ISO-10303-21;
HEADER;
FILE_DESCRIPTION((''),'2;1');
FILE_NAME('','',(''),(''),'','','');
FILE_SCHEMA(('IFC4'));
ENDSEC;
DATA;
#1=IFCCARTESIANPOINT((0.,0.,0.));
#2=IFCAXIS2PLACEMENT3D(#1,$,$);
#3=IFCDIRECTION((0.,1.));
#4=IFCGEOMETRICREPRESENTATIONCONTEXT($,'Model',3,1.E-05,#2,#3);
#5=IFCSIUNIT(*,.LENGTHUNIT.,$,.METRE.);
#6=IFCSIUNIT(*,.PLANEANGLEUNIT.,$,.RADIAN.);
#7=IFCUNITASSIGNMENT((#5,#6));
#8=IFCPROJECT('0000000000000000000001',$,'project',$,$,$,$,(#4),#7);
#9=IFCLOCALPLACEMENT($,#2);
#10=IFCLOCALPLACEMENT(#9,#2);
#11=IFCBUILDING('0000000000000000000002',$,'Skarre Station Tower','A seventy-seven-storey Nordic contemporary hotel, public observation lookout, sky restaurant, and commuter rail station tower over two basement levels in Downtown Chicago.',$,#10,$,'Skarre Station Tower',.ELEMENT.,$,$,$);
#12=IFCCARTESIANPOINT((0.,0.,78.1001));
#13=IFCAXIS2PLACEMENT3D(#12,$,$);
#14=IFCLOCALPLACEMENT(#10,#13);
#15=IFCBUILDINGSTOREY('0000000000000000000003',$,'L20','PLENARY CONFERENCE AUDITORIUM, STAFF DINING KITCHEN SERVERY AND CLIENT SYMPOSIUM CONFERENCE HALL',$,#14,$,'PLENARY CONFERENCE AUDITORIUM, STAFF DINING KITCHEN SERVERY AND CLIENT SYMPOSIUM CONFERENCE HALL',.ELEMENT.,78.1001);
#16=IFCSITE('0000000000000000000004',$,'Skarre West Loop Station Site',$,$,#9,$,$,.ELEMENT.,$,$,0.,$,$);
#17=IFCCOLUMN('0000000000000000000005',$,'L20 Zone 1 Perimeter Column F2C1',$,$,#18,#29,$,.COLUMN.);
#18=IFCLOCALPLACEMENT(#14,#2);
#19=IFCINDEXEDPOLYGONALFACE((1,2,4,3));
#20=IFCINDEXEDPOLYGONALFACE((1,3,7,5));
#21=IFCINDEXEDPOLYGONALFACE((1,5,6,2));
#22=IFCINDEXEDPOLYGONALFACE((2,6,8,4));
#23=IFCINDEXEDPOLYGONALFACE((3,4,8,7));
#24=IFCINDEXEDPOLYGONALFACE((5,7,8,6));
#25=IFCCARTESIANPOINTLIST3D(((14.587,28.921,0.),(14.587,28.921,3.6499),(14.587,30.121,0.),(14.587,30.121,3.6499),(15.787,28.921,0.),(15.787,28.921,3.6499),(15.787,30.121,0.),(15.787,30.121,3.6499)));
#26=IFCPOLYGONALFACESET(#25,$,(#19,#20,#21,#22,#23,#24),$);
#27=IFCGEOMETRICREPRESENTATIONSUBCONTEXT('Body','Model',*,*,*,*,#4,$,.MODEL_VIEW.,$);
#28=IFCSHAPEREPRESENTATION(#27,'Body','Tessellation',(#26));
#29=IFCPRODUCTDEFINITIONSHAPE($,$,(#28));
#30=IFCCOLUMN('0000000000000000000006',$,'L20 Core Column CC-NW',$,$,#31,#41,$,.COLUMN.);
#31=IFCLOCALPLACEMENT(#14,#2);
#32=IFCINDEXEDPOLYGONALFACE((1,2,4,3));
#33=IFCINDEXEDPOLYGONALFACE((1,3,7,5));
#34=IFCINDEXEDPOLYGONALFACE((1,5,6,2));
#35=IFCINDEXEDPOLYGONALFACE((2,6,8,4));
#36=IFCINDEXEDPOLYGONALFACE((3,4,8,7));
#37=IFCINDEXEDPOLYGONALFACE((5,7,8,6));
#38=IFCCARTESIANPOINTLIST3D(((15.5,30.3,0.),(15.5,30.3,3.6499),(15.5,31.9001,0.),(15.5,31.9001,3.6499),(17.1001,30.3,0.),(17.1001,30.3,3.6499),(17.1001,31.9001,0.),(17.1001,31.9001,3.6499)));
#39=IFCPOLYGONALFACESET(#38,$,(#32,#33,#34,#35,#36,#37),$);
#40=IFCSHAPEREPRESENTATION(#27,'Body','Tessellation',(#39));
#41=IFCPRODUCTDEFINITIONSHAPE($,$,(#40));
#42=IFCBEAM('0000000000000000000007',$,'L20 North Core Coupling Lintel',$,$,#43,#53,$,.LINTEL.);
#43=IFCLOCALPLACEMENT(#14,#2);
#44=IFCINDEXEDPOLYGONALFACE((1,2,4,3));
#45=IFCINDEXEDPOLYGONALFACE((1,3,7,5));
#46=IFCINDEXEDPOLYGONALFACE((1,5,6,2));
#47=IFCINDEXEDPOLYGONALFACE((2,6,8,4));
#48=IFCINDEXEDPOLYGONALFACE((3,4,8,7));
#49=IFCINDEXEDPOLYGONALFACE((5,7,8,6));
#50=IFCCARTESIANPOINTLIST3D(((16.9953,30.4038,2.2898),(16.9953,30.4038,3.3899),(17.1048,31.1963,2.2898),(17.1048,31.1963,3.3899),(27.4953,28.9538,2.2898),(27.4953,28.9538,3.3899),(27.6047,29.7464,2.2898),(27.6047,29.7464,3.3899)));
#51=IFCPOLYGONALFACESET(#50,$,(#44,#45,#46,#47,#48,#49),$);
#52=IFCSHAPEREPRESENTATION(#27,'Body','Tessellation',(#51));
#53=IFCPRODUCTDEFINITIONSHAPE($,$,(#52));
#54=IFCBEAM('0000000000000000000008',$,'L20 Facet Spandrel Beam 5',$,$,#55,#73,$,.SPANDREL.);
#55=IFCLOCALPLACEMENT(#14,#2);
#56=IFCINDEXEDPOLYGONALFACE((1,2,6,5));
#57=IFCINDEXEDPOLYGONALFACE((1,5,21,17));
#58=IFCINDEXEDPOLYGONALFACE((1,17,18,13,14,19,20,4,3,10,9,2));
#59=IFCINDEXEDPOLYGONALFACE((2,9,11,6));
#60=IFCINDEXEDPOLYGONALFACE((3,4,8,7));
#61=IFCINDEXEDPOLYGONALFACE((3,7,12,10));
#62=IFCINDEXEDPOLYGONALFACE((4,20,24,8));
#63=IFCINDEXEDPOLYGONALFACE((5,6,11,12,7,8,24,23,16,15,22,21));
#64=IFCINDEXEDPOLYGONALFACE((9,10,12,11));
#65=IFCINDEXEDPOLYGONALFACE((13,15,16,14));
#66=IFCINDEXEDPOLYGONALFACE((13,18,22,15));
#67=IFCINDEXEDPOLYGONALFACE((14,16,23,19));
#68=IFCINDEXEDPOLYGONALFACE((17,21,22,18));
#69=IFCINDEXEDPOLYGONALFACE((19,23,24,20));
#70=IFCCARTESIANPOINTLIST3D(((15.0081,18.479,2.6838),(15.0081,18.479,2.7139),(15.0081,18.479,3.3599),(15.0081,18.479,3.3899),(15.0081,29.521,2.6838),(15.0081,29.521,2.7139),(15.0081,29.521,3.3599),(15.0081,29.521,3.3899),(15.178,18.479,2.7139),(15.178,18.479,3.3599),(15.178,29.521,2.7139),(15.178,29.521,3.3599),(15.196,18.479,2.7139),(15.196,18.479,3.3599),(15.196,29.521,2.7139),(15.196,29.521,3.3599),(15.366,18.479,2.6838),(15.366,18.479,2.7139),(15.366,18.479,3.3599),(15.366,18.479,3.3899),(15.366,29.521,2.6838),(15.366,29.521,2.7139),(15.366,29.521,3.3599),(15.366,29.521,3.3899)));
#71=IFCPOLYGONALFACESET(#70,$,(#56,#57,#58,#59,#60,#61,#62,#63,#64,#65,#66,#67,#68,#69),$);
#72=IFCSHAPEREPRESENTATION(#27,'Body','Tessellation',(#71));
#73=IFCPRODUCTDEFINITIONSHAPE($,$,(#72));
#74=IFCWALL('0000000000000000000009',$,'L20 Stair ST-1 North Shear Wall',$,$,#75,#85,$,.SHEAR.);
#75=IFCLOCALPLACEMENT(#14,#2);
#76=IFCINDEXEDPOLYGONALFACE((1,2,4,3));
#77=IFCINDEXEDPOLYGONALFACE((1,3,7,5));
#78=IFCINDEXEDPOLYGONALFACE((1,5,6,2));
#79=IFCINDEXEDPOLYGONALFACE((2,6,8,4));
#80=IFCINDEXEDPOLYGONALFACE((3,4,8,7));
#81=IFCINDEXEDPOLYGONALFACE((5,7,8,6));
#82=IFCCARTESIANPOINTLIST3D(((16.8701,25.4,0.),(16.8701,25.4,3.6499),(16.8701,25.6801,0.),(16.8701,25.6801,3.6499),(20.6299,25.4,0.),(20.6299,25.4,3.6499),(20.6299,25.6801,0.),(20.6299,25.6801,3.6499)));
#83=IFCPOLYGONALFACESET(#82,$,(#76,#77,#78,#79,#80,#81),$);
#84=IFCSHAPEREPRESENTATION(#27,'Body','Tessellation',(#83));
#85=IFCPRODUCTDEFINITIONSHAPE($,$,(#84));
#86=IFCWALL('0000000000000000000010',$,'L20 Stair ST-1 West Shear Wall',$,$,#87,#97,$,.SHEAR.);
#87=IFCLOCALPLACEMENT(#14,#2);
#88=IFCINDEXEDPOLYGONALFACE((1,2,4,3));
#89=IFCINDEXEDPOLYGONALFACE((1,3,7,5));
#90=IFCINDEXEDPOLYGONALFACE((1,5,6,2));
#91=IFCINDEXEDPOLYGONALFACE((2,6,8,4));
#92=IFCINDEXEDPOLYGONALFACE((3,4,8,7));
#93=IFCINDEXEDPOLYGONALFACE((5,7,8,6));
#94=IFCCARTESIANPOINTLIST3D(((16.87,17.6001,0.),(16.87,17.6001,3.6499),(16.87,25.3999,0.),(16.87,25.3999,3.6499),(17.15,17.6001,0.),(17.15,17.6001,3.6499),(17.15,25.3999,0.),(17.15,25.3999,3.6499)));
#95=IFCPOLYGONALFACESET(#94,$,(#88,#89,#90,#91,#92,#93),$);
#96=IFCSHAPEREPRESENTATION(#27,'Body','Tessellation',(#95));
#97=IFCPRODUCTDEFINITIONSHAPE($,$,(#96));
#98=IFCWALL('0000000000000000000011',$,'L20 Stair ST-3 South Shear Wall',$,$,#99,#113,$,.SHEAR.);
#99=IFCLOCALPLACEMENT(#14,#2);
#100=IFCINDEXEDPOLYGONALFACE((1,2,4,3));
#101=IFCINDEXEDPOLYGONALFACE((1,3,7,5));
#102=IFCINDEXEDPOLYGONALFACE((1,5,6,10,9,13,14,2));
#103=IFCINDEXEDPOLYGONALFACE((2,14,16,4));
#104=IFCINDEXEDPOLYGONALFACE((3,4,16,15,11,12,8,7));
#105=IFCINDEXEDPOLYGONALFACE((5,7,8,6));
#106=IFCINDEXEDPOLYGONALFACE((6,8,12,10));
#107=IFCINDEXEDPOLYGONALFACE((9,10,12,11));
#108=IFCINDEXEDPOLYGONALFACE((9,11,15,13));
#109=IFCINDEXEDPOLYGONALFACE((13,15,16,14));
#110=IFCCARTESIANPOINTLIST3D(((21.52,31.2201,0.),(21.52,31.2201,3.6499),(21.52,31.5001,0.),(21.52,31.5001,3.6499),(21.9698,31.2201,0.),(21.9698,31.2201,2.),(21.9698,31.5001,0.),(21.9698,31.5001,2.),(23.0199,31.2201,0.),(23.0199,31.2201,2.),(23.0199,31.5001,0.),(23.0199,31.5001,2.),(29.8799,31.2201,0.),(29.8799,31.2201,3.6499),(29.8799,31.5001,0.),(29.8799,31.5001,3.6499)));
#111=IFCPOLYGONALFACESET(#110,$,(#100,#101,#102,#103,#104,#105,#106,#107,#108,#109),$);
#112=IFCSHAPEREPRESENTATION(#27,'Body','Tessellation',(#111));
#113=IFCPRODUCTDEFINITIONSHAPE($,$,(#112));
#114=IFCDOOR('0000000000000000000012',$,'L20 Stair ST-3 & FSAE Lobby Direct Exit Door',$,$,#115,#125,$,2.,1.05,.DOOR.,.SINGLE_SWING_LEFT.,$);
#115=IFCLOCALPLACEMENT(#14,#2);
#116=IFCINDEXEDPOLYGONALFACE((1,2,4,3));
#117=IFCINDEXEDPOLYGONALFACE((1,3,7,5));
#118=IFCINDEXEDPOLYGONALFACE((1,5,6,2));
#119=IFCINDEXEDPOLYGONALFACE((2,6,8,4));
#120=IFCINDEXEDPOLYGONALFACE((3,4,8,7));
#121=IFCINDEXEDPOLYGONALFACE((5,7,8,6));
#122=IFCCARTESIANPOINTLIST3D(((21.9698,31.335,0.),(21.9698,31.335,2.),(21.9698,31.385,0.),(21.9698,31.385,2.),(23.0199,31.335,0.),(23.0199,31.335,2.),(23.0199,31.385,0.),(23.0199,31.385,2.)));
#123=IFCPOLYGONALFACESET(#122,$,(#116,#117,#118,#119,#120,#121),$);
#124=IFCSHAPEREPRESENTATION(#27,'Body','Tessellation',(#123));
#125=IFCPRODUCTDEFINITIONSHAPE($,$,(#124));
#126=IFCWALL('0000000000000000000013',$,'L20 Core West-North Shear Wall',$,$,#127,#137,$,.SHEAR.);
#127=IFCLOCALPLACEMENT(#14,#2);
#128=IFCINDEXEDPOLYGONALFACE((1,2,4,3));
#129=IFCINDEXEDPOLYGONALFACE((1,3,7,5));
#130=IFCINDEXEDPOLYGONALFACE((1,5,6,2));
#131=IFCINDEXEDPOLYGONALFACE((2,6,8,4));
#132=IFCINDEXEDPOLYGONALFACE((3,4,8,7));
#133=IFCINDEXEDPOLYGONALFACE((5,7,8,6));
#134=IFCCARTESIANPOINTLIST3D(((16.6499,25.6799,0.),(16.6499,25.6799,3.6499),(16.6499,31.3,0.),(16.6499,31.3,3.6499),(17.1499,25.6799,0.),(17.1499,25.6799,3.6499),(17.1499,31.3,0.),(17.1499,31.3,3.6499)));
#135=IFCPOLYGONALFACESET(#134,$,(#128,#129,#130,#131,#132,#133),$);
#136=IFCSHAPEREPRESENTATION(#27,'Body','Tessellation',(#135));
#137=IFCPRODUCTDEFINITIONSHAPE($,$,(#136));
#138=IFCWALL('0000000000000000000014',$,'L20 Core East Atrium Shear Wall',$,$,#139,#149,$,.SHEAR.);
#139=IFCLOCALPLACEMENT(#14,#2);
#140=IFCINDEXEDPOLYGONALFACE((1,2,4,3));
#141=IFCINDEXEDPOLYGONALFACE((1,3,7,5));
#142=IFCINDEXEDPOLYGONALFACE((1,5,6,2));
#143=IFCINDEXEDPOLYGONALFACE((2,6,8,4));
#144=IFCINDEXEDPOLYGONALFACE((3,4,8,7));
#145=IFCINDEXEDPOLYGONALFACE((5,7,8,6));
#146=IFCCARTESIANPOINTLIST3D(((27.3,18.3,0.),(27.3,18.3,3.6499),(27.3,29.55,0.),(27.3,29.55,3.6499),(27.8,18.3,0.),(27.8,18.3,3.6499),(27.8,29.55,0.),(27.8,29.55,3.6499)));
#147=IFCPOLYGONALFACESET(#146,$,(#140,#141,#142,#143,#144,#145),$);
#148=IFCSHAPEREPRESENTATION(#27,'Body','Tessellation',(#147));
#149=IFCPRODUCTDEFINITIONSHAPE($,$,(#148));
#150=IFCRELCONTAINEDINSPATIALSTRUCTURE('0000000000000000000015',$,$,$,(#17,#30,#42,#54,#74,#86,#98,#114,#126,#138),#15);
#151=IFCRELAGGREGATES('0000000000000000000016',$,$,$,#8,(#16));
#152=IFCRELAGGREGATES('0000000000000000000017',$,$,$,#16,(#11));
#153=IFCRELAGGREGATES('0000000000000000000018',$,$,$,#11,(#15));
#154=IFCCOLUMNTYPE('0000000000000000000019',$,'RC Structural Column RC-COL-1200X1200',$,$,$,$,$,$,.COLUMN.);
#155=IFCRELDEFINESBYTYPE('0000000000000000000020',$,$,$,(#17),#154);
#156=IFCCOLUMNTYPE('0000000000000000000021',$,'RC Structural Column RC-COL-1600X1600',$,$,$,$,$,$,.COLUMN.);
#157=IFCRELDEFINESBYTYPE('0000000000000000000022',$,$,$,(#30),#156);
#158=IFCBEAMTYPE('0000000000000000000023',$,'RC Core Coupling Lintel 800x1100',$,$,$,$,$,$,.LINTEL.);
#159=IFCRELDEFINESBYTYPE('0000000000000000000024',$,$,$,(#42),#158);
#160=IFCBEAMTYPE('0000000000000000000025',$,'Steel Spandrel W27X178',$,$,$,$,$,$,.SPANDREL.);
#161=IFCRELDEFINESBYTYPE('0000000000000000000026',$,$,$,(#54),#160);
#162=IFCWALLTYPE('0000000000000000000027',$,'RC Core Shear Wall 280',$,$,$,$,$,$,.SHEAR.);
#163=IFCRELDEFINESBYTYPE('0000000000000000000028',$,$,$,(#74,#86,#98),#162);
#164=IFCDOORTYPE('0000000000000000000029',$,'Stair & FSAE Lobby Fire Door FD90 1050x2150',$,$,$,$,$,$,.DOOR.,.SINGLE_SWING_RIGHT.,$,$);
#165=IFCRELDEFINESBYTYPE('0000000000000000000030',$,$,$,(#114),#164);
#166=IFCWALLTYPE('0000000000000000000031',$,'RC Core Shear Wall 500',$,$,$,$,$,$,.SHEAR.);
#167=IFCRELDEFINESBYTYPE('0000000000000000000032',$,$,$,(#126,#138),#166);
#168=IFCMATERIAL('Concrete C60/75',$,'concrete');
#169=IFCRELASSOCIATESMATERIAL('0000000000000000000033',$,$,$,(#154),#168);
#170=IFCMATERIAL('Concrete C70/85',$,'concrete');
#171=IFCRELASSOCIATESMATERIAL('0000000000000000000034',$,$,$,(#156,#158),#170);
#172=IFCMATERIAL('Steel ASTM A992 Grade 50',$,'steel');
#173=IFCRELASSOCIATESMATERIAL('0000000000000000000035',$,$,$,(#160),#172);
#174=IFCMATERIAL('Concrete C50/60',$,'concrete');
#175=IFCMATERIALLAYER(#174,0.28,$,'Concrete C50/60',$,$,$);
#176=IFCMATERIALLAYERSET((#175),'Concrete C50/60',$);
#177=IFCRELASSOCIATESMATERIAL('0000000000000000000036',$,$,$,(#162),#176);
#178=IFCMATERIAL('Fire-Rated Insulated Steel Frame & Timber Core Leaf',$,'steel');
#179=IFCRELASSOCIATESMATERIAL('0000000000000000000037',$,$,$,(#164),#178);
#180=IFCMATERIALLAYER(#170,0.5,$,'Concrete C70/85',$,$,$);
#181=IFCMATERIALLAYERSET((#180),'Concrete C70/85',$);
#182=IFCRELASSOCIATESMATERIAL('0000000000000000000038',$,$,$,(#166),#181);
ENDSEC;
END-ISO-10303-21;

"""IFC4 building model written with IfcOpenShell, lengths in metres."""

from ifc_helpers import new_model, si_unit, direction, frame, frame_2d, origin, origin_2d, place, context, subcontext, project, spatial, rectangle, i_section, extrude, material, layer, layer_set, material_profile, profile_set, type_object, element, fill, save


model = new_model("IFC4")

# Units and contexts
model_context = context("Model", 3, precision=1e-05, world=origin(), true_north=direction((0.0, 1.0)))
body_context = subcontext(model_context, "Body", "Model", "MODEL_VIEW")
ifc_project = project(units=[si_unit("LENGTHUNIT", "METRE"), si_unit("PLANEANGLEUNIT", "RADIAN")], contexts=[model_context])

# Site, building, storey
site_placement = place(None, origin())
site = spatial("IfcSite", under=ifc_project, at=site_placement, Name="Skarre West Loop Station Site", CompositionType="ELEMENT", RefElevation=0.0)
building_placement = place(site_placement, origin())
building = spatial("IfcBuilding", under=site, at=building_placement, Name="Skarre Station Tower", Description="A seventy-seven-storey Nordic contemporary hotel, public observation lookout, sky restaurant, and commuter rail station tower over two basement levels in Downtown Chicago.", LongName="Skarre Station Tower", CompositionType="ELEMENT")
storey_placement = place(building_placement, frame((0.0, 0.0, 78.1001)))
storey = spatial("IfcBuildingStorey", under=building, at=storey_placement, Name="L20", Description="PLENARY CONFERENCE AUDITORIUM, STAFF DINING KITCHEN SERVERY AND CLIENT SYMPOSIUM CONFERENCE HALL", LongName="PLENARY CONFERENCE AUDITORIUM, STAFF DINING KITCHEN SERVERY AND CLIENT SYMPOSIUM CONFERENCE HALL", CompositionType="ELEMENT", Elevation=78.1001)

# Columns
ifc_material_1 = material(Name="Concrete C60/75", Category="concrete")
ifc_material_profile_1 = material_profile(ifc_material_1, rectangle(XDim=1.2, YDim=1.2, at=origin_2d()), Name="Concrete C60/75")
ifc_profile_set_1 = profile_set([ifc_material_profile_1], Name="Concrete C60/75")
column_type_1 = type_object("IfcColumnType", Name="RC Structural Column RC-COL-1200X1200", PredefinedType="COLUMN", material=ifc_profile_set_1)
column_1_placement = place(storey_placement, frame((15.187, 29.521, 0.0), z_axis=(0.0, 0.0, 1.0), x_axis=(1.0, 0.0, 0.0)))
element("IfcColumn", 1, at=column_1_placement, inside=storey, type_object=column_type_1, Name="L20 Zone 1 Perimeter Column F2C1", PredefinedType="COLUMN", context=body_context, shape_type="SweptSolid", body=[
    extrude(rectangle(XDim=1.2, YDim=1.2, at=origin_2d()), origin(), (0.0, 0.0, 1.0), 3.6499),
])
ifc_material_2 = material(Name="Concrete C70/85", Category="concrete")
ifc_material_profile_2 = material_profile(ifc_material_2, rectangle(XDim=1.6001, YDim=1.6001, at=origin_2d()), Name="Concrete C70/85")
ifc_profile_set_2 = profile_set([ifc_material_profile_2], Name="Concrete C70/85")
column_type_2 = type_object("IfcColumnType", Name="RC Structural Column RC-COL-1600X1600", PredefinedType="COLUMN", material=ifc_profile_set_2)
column_2_placement = place(storey_placement, frame((16.3, 31.1001, 0.0), z_axis=(0.0, 0.0, 1.0), x_axis=(1.0, 0.0, 0.0)))
element("IfcColumn", 2, at=column_2_placement, inside=storey, type_object=column_type_2, Name="L20 Core Column CC-NW", PredefinedType="COLUMN", context=body_context, shape_type="SweptSolid", body=[
    extrude(rectangle(XDim=1.6001, YDim=1.6001, at=origin_2d()), origin(), (0.0, 0.0, 1.0), 3.6499),
])

# Beams
ifc_material_profile_3 = material_profile(ifc_material_2, rectangle(XDim=0.8, YDim=1.1001, at=origin_2d()), Name="Concrete C70/85")
ifc_profile_set_3 = profile_set([ifc_material_profile_3], Name="Concrete C70/85")
beam_type_1 = type_object("IfcBeamType", Name="RC Core Coupling Lintel 800x1100", PredefinedType="LINTEL", material=ifc_profile_set_3)
beam_1_placement = place(storey_placement, frame((17.05, 30.8, 2.8398), z_axis=(0.9906, -0.136792, 0.0), x_axis=(0.136792, 0.9906, 0.0)))
element("IfcBeam", 3, at=beam_1_placement, inside=storey, type_object=beam_type_1, Name="L20 North Core Coupling Lintel", PredefinedType="LINTEL", context=body_context, shape_type="SweptSolid", body=[
    extrude(rectangle(XDim=0.8, YDim=1.1001, at=origin_2d()), origin(), (0.0, 0.0, 1.0), 10.5996),
])
ifc_material_3 = material(Name="Steel ASTM A992 Grade 50", Category="steel")
ifc_material_profile_4 = material_profile(ifc_material_3, i_section(OverallWidth=0.3579, OverallDepth=0.7061, WebThickness=0.0181, FlangeThickness=0.03, at=origin_2d()), Name="Steel ASTM A992 Grade 50")
ifc_profile_set_4 = profile_set([ifc_material_profile_4], Name="Steel ASTM A992 Grade 50")
beam_type_2 = type_object("IfcBeamType", Name="Steel Spandrel W27X178", PredefinedType="SPANDREL", material=ifc_profile_set_4)
beam_2_placement = place(storey_placement, frame((15.187, 29.521, 3.0369), z_axis=(0.0, -1.0, 0.0), x_axis=(1.0, 0.0, 0.0)))
element("IfcBeam", 4, at=beam_2_placement, inside=storey, type_object=beam_type_2, Name="L20 Facet Spandrel Beam 5", PredefinedType="SPANDREL", context=body_context, shape_type="SweptSolid", body=[
    extrude(i_section(OverallWidth=0.3579, OverallDepth=0.7061, WebThickness=0.0181, FlangeThickness=0.03, at=origin_2d()), origin(), (0.0, 0.0, 1.0), 11.042),
])

# Walls
ifc_material_4 = material(Name="Concrete C50/60", Category="concrete")
ifc_layer_1 = layer(ifc_material_4, 0.28, Name="Concrete C50/60")
ifc_layer_set_1 = layer_set([ifc_layer_1], Name="Concrete C50/60")
wall_type_1 = type_object("IfcWallType", Name="RC Core Shear Wall 280", PredefinedType="SHEAR", material=ifc_layer_set_1)
wall_1_placement = place(storey_placement, frame((20.6299, 25.54, 0.0), z_axis=(0.0, 0.0, 1.0), x_axis=(-1.0, 0.0, 0.0)))
element("IfcWall", 5, at=wall_1_placement, inside=storey, type_object=wall_type_1, Name="L20 Stair ST-1 North Shear Wall", PredefinedType="SHEAR", context=body_context, shape_type="SweptSolid", body=[
    extrude(rectangle(XDim=3.7598, YDim=0.28, at=frame_2d((1.8799, 0.0))), origin(), (0.0, 0.0, 1.0), 3.6499),
])
wall_2_placement = place(storey_placement, frame((17.01, 25.3999, 0.0), z_axis=(0.0, 0.0, 1.0), x_axis=(0.0, -1.0, 0.0)))
element("IfcWall", 6, at=wall_2_placement, inside=storey, type_object=wall_type_1, Name="L20 Stair ST-1 West Shear Wall", PredefinedType="SHEAR", context=body_context, shape_type="SweptSolid", body=[
    extrude(rectangle(XDim=7.7998, YDim=0.28, at=frame_2d((3.8999, 0.0))), origin(), (0.0, 0.0, 1.0), 3.6499),
])

# Wall, opening, door
wall_3_placement = place(storey_placement, frame((21.52, 31.3601, 0.0), z_axis=(0.0, 0.0, 1.0), x_axis=(1.0, 0.0, 0.0)))
wall_3 = element("IfcWall", 7, at=wall_3_placement, inside=storey, type_object=wall_type_1, Name="L20 Stair ST-3 South Shear Wall", PredefinedType="SHEAR", context=body_context, shape_type="SweptSolid", body=[
    extrude(rectangle(XDim=8.3599, YDim=0.28, at=frame_2d((4.1799, 0.0))), origin(), (0.0, 0.0, 1.0), 3.6499),
])
opening_1_placement = place(wall_3_placement, frame((0.45, 0.0, 0.0)))
opening_1 = element("IfcOpeningElement", 8, at=opening_1_placement, cuts=wall_3, PredefinedType="OPENING", context=body_context, shape_type="SweptSolid", body=[
    extrude(rectangle(XDim=1.05, YDim=2.0, at=frame_2d((0.5249, 1.0))), frame((0.0, 0.1499, 0.0), z_axis=(0.0, -1.0, 0.0), x_axis=(1.0, 0.0, 0.0)), (0.0, 0.0, 1.0), 0.3),
])
ifc_material_5 = material(Name="Fire-Rated Insulated Steel Frame & Timber Core Leaf", Category="steel")
door_type_1 = type_object("IfcDoorType", Name="Stair & FSAE Lobby Fire Door FD90 1050x2150", OperationType="SINGLE_SWING_RIGHT", PredefinedType="DOOR", material=ifc_material_5)
door_1_placement = place(opening_1_placement, origin())
door_1 = element("IfcDoor", 9, at=door_1_placement, inside=storey, type_object=door_type_1, Name="L20 Stair ST-3 & FSAE Lobby Direct Exit Door", OperationType="SINGLE_SWING_LEFT", OverallHeight=2.0, OverallWidth=1.05, PredefinedType="DOOR", context=body_context, shape_type="SweptSolid", body=[
    extrude(rectangle(XDim=1.05, YDim=2.0, at=frame_2d((0.5249, 1.0))), frame((0.0, 0.0249, 0.0), z_axis=(0.0, -1.0, 0.0), x_axis=(1.0, 0.0, 0.0)), (0.0, 0.0, 1.0), 0.05),
])
fill(opening_1, door_1)

# Walls
ifc_layer_2 = layer(ifc_material_2, 0.5, Name="Concrete C70/85")
ifc_layer_set_2 = layer_set([ifc_layer_2], Name="Concrete C70/85")
wall_type_2 = type_object("IfcWallType", Name="RC Core Shear Wall 500", PredefinedType="SHEAR", material=ifc_layer_set_2)
wall_4_placement = place(storey_placement, frame((16.8999, 25.6799, 0.0), z_axis=(0.0, 0.0, 1.0), x_axis=(0.0, 1.0, 0.0)))
element("IfcWall", 10, at=wall_4_placement, inside=storey, type_object=wall_type_2, Name="L20 Core West-North Shear Wall", PredefinedType="SHEAR", context=body_context, shape_type="SweptSolid", body=[
    extrude(rectangle(XDim=5.6201, YDim=0.5, at=frame_2d((2.8101, 0.0))), origin(), (0.0, 0.0, 1.0), 3.6499),
])
wall_5_placement = place(storey_placement, frame((27.55, 29.55, 0.0), z_axis=(0.0, 0.0, 1.0), x_axis=(0.0, -1.0, 0.0)))
element("IfcWall", 11, at=wall_5_placement, inside=storey, type_object=wall_type_2, Name="L20 Core East Atrium Shear Wall", PredefinedType="SHEAR", context=body_context, shape_type="SweptSolid", body=[
    extrude(rectangle(XDim=11.25, YDim=0.5, at=frame_2d((5.625, 0.0))), origin(), (0.0, 0.0, 1.0), 3.6499),
])

save(model, "model.ifc")
